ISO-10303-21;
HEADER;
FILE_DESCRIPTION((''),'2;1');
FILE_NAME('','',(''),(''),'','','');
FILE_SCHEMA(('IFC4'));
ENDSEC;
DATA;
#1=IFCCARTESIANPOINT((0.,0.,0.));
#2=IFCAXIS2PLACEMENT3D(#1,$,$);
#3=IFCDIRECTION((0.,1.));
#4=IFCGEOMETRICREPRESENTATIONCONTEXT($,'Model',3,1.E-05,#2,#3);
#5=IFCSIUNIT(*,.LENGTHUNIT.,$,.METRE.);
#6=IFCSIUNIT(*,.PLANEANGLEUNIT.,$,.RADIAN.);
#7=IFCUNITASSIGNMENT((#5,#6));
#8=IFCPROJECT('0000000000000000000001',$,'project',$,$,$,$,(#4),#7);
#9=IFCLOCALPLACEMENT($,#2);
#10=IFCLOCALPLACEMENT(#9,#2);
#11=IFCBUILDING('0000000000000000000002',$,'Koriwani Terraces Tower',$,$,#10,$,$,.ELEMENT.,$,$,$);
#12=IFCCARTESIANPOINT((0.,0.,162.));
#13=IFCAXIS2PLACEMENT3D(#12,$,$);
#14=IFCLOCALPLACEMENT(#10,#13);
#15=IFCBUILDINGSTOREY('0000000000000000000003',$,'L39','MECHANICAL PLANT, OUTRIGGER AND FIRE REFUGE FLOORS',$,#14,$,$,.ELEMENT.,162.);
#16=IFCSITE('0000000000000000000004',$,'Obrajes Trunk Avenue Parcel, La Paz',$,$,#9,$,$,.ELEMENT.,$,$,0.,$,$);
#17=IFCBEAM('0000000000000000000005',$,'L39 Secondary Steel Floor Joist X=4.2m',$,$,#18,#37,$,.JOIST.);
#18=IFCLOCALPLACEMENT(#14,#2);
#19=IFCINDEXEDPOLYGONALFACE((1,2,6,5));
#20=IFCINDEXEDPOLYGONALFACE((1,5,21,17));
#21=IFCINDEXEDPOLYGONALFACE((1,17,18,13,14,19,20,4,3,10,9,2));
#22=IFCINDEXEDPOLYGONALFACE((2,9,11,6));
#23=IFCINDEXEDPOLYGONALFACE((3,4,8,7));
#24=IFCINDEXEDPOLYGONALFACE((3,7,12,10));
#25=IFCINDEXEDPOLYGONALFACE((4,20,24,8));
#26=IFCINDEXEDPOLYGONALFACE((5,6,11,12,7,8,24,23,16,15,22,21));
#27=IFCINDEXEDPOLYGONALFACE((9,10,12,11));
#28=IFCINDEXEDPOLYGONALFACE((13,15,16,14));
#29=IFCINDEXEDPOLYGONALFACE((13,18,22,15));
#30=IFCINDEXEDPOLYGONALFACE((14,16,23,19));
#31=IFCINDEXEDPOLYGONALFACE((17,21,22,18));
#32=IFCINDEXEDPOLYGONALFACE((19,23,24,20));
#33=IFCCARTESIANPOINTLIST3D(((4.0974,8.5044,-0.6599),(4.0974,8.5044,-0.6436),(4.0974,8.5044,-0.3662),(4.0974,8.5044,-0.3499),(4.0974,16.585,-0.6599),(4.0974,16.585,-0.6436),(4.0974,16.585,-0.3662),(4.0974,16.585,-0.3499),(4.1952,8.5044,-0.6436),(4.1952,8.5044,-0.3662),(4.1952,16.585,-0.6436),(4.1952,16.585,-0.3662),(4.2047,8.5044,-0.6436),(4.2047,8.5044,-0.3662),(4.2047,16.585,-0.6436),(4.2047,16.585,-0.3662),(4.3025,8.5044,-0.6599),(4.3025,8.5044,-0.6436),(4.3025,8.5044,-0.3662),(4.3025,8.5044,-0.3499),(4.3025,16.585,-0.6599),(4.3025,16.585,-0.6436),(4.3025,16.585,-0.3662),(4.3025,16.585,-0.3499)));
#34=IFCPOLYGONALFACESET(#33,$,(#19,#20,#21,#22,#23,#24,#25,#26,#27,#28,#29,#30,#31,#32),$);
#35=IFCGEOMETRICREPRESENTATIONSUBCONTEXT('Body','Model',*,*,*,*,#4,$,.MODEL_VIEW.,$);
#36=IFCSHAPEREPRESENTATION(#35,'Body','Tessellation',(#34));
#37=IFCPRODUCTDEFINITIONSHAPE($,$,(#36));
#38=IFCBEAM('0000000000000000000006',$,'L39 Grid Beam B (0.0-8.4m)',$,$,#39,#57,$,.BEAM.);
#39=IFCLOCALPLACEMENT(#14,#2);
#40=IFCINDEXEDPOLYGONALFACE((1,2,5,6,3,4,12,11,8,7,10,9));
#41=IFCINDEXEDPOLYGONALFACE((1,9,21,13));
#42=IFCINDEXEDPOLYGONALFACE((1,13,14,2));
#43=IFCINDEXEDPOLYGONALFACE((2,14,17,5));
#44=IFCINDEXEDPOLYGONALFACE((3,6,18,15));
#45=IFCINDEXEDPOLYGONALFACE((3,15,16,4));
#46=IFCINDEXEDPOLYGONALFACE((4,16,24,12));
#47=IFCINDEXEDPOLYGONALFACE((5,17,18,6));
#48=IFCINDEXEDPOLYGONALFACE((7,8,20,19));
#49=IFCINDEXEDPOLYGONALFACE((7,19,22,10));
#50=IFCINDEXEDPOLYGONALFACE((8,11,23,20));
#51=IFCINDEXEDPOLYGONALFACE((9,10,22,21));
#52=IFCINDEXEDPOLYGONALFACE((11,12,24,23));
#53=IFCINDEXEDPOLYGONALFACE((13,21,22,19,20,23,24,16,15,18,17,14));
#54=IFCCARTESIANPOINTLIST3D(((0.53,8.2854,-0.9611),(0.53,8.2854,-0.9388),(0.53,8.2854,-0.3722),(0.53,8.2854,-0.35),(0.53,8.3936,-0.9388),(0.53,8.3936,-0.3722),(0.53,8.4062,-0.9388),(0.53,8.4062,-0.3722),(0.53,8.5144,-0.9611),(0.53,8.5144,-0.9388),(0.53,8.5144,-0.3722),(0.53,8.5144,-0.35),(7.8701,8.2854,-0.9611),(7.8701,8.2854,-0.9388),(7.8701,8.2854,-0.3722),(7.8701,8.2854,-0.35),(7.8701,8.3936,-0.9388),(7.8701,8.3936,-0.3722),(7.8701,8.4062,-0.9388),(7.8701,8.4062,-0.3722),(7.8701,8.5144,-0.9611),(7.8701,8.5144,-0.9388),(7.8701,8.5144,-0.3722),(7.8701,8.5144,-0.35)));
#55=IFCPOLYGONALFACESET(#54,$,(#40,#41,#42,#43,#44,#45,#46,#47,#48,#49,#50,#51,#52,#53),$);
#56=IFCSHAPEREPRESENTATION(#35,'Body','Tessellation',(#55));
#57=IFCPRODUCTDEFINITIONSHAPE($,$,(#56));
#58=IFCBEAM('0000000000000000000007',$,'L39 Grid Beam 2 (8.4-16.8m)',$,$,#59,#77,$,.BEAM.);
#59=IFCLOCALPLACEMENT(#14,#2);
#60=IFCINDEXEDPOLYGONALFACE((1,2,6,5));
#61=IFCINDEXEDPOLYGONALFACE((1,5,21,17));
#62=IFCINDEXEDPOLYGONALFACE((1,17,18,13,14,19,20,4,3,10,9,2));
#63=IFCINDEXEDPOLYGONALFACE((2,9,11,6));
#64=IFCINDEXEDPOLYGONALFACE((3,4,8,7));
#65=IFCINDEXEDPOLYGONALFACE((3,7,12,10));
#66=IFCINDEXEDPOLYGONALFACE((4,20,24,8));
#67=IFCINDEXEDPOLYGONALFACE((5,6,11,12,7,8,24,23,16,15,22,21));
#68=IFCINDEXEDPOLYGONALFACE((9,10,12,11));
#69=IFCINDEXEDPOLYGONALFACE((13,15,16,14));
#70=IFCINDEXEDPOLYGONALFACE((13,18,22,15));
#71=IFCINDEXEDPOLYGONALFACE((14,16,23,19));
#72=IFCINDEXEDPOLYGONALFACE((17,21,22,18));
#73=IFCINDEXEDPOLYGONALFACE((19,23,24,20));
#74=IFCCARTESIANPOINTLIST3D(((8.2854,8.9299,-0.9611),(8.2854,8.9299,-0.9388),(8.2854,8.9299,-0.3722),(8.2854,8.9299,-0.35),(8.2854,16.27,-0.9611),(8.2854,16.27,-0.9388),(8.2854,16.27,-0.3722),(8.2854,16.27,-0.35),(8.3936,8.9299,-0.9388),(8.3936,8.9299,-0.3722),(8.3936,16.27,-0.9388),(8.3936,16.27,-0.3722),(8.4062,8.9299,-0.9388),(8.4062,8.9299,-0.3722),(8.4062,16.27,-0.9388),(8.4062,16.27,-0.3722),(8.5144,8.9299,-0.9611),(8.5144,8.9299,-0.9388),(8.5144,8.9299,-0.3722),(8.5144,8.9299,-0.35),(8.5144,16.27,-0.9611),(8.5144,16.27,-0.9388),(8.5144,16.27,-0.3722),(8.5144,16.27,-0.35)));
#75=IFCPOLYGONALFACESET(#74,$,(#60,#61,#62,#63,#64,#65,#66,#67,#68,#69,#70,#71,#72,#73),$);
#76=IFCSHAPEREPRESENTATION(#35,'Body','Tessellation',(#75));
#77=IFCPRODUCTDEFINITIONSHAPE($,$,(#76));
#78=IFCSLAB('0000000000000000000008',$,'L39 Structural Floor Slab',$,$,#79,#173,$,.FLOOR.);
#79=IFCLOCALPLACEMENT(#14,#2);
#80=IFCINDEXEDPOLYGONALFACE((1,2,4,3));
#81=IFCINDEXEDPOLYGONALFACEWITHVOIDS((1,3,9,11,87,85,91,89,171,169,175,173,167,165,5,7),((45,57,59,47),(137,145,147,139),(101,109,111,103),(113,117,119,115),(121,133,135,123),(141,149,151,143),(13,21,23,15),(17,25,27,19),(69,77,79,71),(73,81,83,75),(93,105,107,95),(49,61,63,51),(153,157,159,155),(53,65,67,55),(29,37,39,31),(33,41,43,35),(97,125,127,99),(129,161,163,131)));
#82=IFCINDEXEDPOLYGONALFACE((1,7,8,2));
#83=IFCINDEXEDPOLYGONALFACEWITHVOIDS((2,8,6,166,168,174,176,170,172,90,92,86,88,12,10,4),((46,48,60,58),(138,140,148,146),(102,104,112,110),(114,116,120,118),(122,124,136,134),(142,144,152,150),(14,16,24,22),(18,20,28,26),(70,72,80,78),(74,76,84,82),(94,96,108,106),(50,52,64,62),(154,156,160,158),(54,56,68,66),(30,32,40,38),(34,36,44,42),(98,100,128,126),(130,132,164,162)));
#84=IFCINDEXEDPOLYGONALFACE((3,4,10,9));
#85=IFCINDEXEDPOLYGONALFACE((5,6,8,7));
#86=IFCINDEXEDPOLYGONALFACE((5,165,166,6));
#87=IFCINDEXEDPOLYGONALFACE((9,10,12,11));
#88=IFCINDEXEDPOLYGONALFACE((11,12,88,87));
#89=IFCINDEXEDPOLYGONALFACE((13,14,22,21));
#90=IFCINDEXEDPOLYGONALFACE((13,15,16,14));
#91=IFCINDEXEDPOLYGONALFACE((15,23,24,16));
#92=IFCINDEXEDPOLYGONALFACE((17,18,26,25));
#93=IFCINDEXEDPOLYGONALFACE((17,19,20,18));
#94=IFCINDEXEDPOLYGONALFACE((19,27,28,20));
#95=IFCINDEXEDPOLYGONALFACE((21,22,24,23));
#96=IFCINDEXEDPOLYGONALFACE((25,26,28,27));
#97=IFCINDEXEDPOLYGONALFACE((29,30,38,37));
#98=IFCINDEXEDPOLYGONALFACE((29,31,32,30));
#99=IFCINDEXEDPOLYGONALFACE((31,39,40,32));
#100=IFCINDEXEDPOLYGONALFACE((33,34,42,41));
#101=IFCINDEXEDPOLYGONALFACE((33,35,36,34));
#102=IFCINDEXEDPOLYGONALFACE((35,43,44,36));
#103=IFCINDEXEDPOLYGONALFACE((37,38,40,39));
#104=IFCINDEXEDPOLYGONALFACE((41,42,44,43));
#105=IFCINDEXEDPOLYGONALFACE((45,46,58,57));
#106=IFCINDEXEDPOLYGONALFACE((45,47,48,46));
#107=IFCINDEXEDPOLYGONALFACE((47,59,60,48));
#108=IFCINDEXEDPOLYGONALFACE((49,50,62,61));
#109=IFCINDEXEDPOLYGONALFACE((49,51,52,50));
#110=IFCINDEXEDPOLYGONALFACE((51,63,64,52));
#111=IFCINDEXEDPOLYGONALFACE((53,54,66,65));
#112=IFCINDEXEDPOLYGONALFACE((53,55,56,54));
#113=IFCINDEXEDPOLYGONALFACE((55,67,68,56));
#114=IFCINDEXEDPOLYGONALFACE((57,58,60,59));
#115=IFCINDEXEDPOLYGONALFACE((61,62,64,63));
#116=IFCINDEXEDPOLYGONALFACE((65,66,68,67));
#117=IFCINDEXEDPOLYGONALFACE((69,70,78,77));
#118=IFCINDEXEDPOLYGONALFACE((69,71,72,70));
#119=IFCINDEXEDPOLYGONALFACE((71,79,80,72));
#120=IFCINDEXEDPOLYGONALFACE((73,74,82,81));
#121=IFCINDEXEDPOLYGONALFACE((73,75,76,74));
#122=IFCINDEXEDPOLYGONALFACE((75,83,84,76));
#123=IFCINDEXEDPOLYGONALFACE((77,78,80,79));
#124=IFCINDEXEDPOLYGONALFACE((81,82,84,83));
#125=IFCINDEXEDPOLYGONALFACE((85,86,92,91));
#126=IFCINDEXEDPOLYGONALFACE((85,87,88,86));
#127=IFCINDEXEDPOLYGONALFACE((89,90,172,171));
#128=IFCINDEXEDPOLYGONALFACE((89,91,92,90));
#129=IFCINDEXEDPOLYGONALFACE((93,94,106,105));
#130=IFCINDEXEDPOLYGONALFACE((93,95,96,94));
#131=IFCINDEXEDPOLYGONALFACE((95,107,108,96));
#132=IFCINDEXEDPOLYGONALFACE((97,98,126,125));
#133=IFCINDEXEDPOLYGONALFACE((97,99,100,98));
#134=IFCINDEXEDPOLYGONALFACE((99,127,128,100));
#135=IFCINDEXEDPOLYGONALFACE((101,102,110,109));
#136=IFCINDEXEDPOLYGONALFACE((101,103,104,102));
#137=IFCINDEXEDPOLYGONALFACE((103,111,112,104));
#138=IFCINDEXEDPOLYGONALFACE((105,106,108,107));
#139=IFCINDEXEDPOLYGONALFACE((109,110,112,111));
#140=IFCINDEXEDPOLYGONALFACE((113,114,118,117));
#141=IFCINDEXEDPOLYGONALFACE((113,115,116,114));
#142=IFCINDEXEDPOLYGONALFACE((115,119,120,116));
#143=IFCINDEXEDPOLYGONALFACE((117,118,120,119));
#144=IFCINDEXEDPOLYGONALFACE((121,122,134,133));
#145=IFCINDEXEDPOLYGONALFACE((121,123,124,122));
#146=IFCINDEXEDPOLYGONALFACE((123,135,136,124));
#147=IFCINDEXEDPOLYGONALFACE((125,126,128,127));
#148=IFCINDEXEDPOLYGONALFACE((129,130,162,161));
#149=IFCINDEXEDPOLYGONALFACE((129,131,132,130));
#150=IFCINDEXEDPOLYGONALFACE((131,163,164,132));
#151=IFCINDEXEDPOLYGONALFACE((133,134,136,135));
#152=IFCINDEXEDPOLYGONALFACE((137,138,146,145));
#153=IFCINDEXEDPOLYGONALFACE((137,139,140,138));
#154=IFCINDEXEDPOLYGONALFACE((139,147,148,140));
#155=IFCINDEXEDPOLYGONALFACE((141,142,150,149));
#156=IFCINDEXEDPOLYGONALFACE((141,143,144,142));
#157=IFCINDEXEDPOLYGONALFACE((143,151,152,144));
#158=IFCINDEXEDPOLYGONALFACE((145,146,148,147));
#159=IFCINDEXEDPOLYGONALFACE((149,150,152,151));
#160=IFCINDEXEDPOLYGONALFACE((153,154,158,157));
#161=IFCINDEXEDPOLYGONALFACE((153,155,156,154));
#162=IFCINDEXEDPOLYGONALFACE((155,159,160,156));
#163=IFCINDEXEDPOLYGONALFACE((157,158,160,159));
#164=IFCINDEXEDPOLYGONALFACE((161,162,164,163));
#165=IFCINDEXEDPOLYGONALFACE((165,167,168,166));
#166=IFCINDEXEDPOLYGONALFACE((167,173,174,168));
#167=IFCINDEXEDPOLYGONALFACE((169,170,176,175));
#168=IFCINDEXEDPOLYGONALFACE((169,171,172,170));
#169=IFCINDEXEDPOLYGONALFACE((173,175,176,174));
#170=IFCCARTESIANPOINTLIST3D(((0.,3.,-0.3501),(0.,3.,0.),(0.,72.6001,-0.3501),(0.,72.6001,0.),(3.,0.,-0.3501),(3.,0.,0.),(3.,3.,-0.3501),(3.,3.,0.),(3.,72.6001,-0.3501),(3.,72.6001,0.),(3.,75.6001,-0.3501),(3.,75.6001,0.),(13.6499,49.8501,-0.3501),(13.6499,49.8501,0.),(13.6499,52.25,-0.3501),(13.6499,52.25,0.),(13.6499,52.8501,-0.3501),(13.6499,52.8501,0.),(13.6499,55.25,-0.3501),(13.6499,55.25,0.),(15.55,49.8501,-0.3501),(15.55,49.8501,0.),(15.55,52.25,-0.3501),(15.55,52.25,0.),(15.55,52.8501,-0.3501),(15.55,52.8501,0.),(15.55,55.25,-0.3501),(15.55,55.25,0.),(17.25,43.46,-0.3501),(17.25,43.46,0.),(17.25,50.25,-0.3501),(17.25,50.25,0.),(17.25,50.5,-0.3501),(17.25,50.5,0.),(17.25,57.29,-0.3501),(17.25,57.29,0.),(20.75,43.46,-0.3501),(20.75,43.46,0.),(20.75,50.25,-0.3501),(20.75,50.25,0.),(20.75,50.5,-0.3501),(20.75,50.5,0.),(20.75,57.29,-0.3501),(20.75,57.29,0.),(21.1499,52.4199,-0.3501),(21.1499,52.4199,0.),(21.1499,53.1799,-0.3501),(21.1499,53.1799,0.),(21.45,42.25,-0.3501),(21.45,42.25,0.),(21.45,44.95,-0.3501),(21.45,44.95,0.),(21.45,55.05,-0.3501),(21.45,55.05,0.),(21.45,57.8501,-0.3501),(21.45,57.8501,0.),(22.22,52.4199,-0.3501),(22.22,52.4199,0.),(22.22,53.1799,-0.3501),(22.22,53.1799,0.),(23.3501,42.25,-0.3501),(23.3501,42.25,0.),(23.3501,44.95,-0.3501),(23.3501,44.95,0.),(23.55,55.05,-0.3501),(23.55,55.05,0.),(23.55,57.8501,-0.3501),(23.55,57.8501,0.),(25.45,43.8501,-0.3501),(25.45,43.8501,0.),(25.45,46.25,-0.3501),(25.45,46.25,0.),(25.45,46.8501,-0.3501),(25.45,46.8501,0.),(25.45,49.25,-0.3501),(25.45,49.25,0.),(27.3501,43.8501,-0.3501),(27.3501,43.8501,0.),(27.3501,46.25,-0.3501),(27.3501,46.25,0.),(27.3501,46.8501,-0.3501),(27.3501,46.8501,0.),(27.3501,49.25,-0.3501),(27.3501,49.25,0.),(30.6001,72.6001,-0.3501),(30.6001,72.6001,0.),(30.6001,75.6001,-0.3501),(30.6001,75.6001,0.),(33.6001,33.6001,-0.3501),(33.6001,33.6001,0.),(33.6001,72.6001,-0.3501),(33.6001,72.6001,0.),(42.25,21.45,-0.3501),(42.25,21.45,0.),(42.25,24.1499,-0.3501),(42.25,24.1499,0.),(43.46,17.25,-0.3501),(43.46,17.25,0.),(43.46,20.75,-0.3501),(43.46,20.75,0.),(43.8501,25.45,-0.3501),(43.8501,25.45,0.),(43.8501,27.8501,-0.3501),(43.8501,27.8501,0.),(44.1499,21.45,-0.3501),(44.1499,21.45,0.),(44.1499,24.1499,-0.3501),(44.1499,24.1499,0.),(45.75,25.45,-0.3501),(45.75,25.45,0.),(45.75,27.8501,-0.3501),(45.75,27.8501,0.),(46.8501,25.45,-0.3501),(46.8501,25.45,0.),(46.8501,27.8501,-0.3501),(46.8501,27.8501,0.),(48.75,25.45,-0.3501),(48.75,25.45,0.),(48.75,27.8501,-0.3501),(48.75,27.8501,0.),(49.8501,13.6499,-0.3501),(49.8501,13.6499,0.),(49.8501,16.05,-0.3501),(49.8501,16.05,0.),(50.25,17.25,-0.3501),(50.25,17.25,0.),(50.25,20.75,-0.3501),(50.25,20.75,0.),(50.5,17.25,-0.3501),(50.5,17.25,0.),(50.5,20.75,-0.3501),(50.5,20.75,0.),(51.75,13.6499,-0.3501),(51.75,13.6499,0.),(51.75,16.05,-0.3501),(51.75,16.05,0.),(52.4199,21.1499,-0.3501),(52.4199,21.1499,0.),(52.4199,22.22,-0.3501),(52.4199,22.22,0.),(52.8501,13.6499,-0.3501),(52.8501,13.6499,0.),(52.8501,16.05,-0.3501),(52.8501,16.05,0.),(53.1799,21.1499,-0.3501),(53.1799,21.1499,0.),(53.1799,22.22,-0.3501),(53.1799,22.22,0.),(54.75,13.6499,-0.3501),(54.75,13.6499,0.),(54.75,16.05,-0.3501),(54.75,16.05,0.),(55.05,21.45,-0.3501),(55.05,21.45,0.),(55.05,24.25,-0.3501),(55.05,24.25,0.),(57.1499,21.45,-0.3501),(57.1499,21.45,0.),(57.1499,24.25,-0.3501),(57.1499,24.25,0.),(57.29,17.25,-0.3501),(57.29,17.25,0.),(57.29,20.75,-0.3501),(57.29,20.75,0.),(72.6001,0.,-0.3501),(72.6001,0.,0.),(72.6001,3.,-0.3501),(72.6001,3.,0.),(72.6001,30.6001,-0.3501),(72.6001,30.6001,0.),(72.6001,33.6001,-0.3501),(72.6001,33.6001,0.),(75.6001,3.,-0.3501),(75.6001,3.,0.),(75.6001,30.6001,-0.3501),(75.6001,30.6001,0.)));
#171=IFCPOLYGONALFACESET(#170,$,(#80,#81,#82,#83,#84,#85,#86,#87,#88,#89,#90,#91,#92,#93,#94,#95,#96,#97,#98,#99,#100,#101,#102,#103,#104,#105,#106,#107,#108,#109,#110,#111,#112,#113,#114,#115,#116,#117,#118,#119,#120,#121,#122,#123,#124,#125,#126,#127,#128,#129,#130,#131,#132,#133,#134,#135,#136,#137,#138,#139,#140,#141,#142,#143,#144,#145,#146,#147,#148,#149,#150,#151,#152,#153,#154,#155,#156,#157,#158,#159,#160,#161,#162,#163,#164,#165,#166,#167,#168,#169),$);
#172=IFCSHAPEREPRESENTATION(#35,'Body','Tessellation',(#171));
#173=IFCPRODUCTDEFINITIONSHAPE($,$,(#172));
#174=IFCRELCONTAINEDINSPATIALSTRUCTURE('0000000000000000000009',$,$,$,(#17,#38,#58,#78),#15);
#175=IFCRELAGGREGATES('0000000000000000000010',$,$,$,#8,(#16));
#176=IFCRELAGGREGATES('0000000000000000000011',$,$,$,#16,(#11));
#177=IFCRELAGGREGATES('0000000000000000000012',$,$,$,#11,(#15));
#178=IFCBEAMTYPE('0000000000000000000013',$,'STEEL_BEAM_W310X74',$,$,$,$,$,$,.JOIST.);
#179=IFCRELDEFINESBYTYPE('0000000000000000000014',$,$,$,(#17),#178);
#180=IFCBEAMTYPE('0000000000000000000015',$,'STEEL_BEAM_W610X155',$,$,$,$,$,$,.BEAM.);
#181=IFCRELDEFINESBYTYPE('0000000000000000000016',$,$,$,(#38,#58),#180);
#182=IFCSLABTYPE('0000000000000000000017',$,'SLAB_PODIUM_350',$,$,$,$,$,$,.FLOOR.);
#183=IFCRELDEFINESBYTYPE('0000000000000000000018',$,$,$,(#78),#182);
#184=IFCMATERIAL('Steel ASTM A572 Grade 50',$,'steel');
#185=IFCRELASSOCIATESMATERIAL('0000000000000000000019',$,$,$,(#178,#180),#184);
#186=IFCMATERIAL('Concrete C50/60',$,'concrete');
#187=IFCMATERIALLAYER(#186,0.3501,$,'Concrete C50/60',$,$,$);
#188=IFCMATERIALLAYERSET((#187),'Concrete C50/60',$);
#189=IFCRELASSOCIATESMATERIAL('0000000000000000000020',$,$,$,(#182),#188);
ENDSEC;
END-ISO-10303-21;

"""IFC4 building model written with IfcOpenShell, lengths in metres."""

from ifc_helpers import new_model, si_unit, direction, frame, origin, origin_2d, place, context, subcontext, project, spatial, polyline, i_section, outline, extrude, material, layer, layer_set, material_profile, profile_set, type_object, element, save


model = new_model("IFC4")

# Units and contexts
model_context = context("Model", 3, precision=1e-05, world=origin(), true_north=direction((0.0, 1.0)))
body_context = subcontext(model_context, "Body", "Model", "MODEL_VIEW")
ifc_project = project(units=[si_unit("LENGTHUNIT", "METRE"), si_unit("PLANEANGLEUNIT", "RADIAN")], contexts=[model_context])

# Site, building, storey
site_placement = place(None, origin())
site = spatial("IfcSite", under=ifc_project, at=site_placement, Name="Obrajes Trunk Avenue Parcel, La Paz", CompositionType="ELEMENT", RefElevation=0.0)
building_placement = place(site_placement, origin())
building = spatial("IfcBuilding", under=site, at=building_placement, Name="Koriwani Terraces Tower", CompositionType="ELEMENT")
storey_placement = place(building_placement, frame((0.0, 0.0, 162.0)))
storey = spatial("IfcBuildingStorey", under=building, at=storey_placement, Name="L39", Description="MECHANICAL PLANT, OUTRIGGER AND FIRE REFUGE FLOORS", CompositionType="ELEMENT", Elevation=162.0)

# Shared definitions
ifc_material_1 = material(Name="Concrete C50/60", Category="concrete")

# Shared definitions
ifc_material_2 = material(Name="Steel ASTM A572 Grade 50", Category="steel")

# Beams
ifc_material_profile_1 = material_profile(ifc_material_2, i_section(OverallWidth=0.2051, OverallDepth=0.3101, WebThickness=0.0095, FlangeThickness=0.0164, at=origin_2d()), Name="Steel ASTM A572 Grade 50", Category="LoadBearing")
ifc_profile_set_1 = profile_set([ifc_material_profile_1], Name="Steel ASTM A572 Grade 50")
beam_type_1 = type_object("IfcBeamType", Name="STEEL_BEAM_W310X74", PredefinedType="JOIST", material=ifc_profile_set_1)
beam_placement = place(storey_placement, frame((4.2, 8.5044, -0.5049), z_axis=(0.0, 1.0, 0.0), x_axis=(-1.0, 0.0, 0.0)))
element("IfcBeam", 1, at=beam_placement, inside=storey, type_object=beam_type_1, Name="L39 Secondary Steel Floor Joist X=4.2m", PredefinedType="JOIST", context=body_context, shape_type="SweptSolid", body=[
    extrude(i_section(OverallWidth=0.2051, OverallDepth=0.3101, WebThickness=0.0095, FlangeThickness=0.0164, at=origin_2d()), origin(), (0.0, 0.0, 1.0), 8.0806),
])
ifc_material_profile_2 = material_profile(ifc_material_2, i_section(OverallWidth=0.229, OverallDepth=0.6111, WebThickness=0.0127, FlangeThickness=0.0222, at=origin_2d()), Name="Steel ASTM A572 Grade 50", Category="LoadBearing")
ifc_profile_set_2 = profile_set([ifc_material_profile_2], Name="Steel ASTM A572 Grade 50")
beam_type_2 = type_object("IfcBeamType", Name="STEEL_BEAM_W610X155", PredefinedType="BEAM", material=ifc_profile_set_2)
for number, where, z_axis, x_axis, name in (
    (2, (0.53, 8.3999, -0.6555), (1.0, 0.0, 0.0), (0.0, 1.0, 0.0), "L39 Grid Beam B (0.0-8.4m)"),
    (3, (8.3999, 8.9299, -0.6555), (0.0, 1.0, 0.0), (-1.0, 0.0, 0.0), "L39 Grid Beam 2 (8.4-16.8m)"),
):
    element("IfcBeam", number, at=place(storey_placement, frame(where, z_axis=z_axis, x_axis=x_axis)), inside=storey, type_object=beam_type_2, Name=name, PredefinedType="BEAM", context=body_context, shape_type="SweptSolid", body=[
        extrude(i_section(OverallWidth=0.229, OverallDepth=0.6111, WebThickness=0.0127, FlangeThickness=0.0222, at=origin_2d()), origin(), (0.0, 0.0, 1.0), 7.3401),
    ])

# Slab
ifc_layer_1 = layer(ifc_material_1, 0.3501, Name="Concrete C50/60")
ifc_layer_set_1 = layer_set([ifc_layer_1], Name="Concrete C50/60")
slab_type_1 = type_object("IfcSlabType", Name="SLAB_PODIUM_350", PredefinedType="FLOOR", material=ifc_layer_set_1)
slab_1_placement = place(storey_placement, frame((0.0, 0.0, -0.3501)))
element("IfcSlab", 4, at=slab_1_placement, inside=storey, type_object=slab_type_1, Name="L39 Structural Floor Slab", PredefinedType="FLOOR", context=body_context, shape_type="SweptSolid", body=[
    extrude(outline(polyline([(3.0, 0.0), (72.6001, 0.0), (72.6001, 3.0), (75.6001, 3.0), (75.6001, 30.6001), (72.6001, 30.6001), (72.6001, 33.6001), (33.6001, 33.6001), (33.6001, 72.6001), (30.6001, 72.6001), (30.6001, 75.6001), (3.0, 75.6001), (3.0, 72.6001), (0.0, 72.6001), (0.0, 3.0), (3.0, 3.0), (3.0, 0.0)]), holes=[polyline([(17.25, 43.46), (20.75, 43.46), (20.75, 50.25), (17.25, 50.25), (17.25, 43.46)]), polyline([(17.25, 50.5), (20.75, 50.5), (20.75, 57.29), (17.25, 57.29), (17.25, 50.5)]), polyline([(43.46, 17.25), (50.25, 17.25), (50.25, 20.75), (43.46, 20.75), (43.46, 17.25)]), polyline([(50.5, 17.25), (57.29, 17.25), (57.29, 20.75), (50.5, 20.75), (50.5, 17.25)]), polyline([(13.6499, 49.8501), (15.55, 49.8501), (15.55, 52.25), (13.6499, 52.25), (13.6499, 49.8501)]), polyline([(13.6499, 52.8501), (15.55, 52.8501), (15.55, 55.25), (13.6499, 55.25), (13.6499, 52.8501)]), polyline([(49.8501, 13.6499), (51.75, 13.6499), (51.75, 16.05), (49.8501, 16.05), (49.8501, 13.6499)]), polyline([(52.8501, 13.6499), (54.75, 13.6499), (54.75, 16.05), (52.8501, 16.05), (52.8501, 13.6499)]), polyline([(25.45, 43.8501), (27.3501, 43.8501), (27.3501, 46.25), (25.45, 46.25), (25.45, 43.8501)]), polyline([(25.45, 46.8501), (27.3501, 46.8501), (27.3501, 49.25), (25.45, 49.25), (25.45, 46.8501)]), polyline([(43.8501, 25.45), (45.75, 25.45), (45.75, 27.8501), (43.8501, 27.8501), (43.8501, 25.45)]), polyline([(46.8501, 25.45), (48.75, 25.45), (48.75, 27.8501), (46.8501, 27.8501), (46.8501, 25.45)]), polyline([(21.45, 55.05), (23.55, 55.05), (23.55, 57.8501), (21.45, 57.8501), (21.45, 55.05)]), polyline([(55.05, 21.45), (57.1499, 21.45), (57.1499, 24.25), (55.05, 24.25), (55.05, 21.45)]), polyline([(21.45, 42.25), (23.3501, 42.25), (23.3501, 44.95), (21.45, 44.95), (21.45, 42.25)]), polyline([(42.25, 21.45), (44.1499, 21.45), (44.1499, 24.1499), (42.25, 24.1499), (42.25, 21.45)]), polyline([(21.1499, 52.4199), (22.22, 52.4199), (22.22, 53.1799), (21.1499, 53.1799), (21.1499, 52.4199)]), polyline([(52.4199, 21.1499), (53.1799, 21.1499), (53.1799, 22.22), (52.4199, 22.22), (52.4199, 21.1499)])]), origin(), (0.0, 0.0, 1.0), 0.3501),
])

save(model, "model.ifc")
